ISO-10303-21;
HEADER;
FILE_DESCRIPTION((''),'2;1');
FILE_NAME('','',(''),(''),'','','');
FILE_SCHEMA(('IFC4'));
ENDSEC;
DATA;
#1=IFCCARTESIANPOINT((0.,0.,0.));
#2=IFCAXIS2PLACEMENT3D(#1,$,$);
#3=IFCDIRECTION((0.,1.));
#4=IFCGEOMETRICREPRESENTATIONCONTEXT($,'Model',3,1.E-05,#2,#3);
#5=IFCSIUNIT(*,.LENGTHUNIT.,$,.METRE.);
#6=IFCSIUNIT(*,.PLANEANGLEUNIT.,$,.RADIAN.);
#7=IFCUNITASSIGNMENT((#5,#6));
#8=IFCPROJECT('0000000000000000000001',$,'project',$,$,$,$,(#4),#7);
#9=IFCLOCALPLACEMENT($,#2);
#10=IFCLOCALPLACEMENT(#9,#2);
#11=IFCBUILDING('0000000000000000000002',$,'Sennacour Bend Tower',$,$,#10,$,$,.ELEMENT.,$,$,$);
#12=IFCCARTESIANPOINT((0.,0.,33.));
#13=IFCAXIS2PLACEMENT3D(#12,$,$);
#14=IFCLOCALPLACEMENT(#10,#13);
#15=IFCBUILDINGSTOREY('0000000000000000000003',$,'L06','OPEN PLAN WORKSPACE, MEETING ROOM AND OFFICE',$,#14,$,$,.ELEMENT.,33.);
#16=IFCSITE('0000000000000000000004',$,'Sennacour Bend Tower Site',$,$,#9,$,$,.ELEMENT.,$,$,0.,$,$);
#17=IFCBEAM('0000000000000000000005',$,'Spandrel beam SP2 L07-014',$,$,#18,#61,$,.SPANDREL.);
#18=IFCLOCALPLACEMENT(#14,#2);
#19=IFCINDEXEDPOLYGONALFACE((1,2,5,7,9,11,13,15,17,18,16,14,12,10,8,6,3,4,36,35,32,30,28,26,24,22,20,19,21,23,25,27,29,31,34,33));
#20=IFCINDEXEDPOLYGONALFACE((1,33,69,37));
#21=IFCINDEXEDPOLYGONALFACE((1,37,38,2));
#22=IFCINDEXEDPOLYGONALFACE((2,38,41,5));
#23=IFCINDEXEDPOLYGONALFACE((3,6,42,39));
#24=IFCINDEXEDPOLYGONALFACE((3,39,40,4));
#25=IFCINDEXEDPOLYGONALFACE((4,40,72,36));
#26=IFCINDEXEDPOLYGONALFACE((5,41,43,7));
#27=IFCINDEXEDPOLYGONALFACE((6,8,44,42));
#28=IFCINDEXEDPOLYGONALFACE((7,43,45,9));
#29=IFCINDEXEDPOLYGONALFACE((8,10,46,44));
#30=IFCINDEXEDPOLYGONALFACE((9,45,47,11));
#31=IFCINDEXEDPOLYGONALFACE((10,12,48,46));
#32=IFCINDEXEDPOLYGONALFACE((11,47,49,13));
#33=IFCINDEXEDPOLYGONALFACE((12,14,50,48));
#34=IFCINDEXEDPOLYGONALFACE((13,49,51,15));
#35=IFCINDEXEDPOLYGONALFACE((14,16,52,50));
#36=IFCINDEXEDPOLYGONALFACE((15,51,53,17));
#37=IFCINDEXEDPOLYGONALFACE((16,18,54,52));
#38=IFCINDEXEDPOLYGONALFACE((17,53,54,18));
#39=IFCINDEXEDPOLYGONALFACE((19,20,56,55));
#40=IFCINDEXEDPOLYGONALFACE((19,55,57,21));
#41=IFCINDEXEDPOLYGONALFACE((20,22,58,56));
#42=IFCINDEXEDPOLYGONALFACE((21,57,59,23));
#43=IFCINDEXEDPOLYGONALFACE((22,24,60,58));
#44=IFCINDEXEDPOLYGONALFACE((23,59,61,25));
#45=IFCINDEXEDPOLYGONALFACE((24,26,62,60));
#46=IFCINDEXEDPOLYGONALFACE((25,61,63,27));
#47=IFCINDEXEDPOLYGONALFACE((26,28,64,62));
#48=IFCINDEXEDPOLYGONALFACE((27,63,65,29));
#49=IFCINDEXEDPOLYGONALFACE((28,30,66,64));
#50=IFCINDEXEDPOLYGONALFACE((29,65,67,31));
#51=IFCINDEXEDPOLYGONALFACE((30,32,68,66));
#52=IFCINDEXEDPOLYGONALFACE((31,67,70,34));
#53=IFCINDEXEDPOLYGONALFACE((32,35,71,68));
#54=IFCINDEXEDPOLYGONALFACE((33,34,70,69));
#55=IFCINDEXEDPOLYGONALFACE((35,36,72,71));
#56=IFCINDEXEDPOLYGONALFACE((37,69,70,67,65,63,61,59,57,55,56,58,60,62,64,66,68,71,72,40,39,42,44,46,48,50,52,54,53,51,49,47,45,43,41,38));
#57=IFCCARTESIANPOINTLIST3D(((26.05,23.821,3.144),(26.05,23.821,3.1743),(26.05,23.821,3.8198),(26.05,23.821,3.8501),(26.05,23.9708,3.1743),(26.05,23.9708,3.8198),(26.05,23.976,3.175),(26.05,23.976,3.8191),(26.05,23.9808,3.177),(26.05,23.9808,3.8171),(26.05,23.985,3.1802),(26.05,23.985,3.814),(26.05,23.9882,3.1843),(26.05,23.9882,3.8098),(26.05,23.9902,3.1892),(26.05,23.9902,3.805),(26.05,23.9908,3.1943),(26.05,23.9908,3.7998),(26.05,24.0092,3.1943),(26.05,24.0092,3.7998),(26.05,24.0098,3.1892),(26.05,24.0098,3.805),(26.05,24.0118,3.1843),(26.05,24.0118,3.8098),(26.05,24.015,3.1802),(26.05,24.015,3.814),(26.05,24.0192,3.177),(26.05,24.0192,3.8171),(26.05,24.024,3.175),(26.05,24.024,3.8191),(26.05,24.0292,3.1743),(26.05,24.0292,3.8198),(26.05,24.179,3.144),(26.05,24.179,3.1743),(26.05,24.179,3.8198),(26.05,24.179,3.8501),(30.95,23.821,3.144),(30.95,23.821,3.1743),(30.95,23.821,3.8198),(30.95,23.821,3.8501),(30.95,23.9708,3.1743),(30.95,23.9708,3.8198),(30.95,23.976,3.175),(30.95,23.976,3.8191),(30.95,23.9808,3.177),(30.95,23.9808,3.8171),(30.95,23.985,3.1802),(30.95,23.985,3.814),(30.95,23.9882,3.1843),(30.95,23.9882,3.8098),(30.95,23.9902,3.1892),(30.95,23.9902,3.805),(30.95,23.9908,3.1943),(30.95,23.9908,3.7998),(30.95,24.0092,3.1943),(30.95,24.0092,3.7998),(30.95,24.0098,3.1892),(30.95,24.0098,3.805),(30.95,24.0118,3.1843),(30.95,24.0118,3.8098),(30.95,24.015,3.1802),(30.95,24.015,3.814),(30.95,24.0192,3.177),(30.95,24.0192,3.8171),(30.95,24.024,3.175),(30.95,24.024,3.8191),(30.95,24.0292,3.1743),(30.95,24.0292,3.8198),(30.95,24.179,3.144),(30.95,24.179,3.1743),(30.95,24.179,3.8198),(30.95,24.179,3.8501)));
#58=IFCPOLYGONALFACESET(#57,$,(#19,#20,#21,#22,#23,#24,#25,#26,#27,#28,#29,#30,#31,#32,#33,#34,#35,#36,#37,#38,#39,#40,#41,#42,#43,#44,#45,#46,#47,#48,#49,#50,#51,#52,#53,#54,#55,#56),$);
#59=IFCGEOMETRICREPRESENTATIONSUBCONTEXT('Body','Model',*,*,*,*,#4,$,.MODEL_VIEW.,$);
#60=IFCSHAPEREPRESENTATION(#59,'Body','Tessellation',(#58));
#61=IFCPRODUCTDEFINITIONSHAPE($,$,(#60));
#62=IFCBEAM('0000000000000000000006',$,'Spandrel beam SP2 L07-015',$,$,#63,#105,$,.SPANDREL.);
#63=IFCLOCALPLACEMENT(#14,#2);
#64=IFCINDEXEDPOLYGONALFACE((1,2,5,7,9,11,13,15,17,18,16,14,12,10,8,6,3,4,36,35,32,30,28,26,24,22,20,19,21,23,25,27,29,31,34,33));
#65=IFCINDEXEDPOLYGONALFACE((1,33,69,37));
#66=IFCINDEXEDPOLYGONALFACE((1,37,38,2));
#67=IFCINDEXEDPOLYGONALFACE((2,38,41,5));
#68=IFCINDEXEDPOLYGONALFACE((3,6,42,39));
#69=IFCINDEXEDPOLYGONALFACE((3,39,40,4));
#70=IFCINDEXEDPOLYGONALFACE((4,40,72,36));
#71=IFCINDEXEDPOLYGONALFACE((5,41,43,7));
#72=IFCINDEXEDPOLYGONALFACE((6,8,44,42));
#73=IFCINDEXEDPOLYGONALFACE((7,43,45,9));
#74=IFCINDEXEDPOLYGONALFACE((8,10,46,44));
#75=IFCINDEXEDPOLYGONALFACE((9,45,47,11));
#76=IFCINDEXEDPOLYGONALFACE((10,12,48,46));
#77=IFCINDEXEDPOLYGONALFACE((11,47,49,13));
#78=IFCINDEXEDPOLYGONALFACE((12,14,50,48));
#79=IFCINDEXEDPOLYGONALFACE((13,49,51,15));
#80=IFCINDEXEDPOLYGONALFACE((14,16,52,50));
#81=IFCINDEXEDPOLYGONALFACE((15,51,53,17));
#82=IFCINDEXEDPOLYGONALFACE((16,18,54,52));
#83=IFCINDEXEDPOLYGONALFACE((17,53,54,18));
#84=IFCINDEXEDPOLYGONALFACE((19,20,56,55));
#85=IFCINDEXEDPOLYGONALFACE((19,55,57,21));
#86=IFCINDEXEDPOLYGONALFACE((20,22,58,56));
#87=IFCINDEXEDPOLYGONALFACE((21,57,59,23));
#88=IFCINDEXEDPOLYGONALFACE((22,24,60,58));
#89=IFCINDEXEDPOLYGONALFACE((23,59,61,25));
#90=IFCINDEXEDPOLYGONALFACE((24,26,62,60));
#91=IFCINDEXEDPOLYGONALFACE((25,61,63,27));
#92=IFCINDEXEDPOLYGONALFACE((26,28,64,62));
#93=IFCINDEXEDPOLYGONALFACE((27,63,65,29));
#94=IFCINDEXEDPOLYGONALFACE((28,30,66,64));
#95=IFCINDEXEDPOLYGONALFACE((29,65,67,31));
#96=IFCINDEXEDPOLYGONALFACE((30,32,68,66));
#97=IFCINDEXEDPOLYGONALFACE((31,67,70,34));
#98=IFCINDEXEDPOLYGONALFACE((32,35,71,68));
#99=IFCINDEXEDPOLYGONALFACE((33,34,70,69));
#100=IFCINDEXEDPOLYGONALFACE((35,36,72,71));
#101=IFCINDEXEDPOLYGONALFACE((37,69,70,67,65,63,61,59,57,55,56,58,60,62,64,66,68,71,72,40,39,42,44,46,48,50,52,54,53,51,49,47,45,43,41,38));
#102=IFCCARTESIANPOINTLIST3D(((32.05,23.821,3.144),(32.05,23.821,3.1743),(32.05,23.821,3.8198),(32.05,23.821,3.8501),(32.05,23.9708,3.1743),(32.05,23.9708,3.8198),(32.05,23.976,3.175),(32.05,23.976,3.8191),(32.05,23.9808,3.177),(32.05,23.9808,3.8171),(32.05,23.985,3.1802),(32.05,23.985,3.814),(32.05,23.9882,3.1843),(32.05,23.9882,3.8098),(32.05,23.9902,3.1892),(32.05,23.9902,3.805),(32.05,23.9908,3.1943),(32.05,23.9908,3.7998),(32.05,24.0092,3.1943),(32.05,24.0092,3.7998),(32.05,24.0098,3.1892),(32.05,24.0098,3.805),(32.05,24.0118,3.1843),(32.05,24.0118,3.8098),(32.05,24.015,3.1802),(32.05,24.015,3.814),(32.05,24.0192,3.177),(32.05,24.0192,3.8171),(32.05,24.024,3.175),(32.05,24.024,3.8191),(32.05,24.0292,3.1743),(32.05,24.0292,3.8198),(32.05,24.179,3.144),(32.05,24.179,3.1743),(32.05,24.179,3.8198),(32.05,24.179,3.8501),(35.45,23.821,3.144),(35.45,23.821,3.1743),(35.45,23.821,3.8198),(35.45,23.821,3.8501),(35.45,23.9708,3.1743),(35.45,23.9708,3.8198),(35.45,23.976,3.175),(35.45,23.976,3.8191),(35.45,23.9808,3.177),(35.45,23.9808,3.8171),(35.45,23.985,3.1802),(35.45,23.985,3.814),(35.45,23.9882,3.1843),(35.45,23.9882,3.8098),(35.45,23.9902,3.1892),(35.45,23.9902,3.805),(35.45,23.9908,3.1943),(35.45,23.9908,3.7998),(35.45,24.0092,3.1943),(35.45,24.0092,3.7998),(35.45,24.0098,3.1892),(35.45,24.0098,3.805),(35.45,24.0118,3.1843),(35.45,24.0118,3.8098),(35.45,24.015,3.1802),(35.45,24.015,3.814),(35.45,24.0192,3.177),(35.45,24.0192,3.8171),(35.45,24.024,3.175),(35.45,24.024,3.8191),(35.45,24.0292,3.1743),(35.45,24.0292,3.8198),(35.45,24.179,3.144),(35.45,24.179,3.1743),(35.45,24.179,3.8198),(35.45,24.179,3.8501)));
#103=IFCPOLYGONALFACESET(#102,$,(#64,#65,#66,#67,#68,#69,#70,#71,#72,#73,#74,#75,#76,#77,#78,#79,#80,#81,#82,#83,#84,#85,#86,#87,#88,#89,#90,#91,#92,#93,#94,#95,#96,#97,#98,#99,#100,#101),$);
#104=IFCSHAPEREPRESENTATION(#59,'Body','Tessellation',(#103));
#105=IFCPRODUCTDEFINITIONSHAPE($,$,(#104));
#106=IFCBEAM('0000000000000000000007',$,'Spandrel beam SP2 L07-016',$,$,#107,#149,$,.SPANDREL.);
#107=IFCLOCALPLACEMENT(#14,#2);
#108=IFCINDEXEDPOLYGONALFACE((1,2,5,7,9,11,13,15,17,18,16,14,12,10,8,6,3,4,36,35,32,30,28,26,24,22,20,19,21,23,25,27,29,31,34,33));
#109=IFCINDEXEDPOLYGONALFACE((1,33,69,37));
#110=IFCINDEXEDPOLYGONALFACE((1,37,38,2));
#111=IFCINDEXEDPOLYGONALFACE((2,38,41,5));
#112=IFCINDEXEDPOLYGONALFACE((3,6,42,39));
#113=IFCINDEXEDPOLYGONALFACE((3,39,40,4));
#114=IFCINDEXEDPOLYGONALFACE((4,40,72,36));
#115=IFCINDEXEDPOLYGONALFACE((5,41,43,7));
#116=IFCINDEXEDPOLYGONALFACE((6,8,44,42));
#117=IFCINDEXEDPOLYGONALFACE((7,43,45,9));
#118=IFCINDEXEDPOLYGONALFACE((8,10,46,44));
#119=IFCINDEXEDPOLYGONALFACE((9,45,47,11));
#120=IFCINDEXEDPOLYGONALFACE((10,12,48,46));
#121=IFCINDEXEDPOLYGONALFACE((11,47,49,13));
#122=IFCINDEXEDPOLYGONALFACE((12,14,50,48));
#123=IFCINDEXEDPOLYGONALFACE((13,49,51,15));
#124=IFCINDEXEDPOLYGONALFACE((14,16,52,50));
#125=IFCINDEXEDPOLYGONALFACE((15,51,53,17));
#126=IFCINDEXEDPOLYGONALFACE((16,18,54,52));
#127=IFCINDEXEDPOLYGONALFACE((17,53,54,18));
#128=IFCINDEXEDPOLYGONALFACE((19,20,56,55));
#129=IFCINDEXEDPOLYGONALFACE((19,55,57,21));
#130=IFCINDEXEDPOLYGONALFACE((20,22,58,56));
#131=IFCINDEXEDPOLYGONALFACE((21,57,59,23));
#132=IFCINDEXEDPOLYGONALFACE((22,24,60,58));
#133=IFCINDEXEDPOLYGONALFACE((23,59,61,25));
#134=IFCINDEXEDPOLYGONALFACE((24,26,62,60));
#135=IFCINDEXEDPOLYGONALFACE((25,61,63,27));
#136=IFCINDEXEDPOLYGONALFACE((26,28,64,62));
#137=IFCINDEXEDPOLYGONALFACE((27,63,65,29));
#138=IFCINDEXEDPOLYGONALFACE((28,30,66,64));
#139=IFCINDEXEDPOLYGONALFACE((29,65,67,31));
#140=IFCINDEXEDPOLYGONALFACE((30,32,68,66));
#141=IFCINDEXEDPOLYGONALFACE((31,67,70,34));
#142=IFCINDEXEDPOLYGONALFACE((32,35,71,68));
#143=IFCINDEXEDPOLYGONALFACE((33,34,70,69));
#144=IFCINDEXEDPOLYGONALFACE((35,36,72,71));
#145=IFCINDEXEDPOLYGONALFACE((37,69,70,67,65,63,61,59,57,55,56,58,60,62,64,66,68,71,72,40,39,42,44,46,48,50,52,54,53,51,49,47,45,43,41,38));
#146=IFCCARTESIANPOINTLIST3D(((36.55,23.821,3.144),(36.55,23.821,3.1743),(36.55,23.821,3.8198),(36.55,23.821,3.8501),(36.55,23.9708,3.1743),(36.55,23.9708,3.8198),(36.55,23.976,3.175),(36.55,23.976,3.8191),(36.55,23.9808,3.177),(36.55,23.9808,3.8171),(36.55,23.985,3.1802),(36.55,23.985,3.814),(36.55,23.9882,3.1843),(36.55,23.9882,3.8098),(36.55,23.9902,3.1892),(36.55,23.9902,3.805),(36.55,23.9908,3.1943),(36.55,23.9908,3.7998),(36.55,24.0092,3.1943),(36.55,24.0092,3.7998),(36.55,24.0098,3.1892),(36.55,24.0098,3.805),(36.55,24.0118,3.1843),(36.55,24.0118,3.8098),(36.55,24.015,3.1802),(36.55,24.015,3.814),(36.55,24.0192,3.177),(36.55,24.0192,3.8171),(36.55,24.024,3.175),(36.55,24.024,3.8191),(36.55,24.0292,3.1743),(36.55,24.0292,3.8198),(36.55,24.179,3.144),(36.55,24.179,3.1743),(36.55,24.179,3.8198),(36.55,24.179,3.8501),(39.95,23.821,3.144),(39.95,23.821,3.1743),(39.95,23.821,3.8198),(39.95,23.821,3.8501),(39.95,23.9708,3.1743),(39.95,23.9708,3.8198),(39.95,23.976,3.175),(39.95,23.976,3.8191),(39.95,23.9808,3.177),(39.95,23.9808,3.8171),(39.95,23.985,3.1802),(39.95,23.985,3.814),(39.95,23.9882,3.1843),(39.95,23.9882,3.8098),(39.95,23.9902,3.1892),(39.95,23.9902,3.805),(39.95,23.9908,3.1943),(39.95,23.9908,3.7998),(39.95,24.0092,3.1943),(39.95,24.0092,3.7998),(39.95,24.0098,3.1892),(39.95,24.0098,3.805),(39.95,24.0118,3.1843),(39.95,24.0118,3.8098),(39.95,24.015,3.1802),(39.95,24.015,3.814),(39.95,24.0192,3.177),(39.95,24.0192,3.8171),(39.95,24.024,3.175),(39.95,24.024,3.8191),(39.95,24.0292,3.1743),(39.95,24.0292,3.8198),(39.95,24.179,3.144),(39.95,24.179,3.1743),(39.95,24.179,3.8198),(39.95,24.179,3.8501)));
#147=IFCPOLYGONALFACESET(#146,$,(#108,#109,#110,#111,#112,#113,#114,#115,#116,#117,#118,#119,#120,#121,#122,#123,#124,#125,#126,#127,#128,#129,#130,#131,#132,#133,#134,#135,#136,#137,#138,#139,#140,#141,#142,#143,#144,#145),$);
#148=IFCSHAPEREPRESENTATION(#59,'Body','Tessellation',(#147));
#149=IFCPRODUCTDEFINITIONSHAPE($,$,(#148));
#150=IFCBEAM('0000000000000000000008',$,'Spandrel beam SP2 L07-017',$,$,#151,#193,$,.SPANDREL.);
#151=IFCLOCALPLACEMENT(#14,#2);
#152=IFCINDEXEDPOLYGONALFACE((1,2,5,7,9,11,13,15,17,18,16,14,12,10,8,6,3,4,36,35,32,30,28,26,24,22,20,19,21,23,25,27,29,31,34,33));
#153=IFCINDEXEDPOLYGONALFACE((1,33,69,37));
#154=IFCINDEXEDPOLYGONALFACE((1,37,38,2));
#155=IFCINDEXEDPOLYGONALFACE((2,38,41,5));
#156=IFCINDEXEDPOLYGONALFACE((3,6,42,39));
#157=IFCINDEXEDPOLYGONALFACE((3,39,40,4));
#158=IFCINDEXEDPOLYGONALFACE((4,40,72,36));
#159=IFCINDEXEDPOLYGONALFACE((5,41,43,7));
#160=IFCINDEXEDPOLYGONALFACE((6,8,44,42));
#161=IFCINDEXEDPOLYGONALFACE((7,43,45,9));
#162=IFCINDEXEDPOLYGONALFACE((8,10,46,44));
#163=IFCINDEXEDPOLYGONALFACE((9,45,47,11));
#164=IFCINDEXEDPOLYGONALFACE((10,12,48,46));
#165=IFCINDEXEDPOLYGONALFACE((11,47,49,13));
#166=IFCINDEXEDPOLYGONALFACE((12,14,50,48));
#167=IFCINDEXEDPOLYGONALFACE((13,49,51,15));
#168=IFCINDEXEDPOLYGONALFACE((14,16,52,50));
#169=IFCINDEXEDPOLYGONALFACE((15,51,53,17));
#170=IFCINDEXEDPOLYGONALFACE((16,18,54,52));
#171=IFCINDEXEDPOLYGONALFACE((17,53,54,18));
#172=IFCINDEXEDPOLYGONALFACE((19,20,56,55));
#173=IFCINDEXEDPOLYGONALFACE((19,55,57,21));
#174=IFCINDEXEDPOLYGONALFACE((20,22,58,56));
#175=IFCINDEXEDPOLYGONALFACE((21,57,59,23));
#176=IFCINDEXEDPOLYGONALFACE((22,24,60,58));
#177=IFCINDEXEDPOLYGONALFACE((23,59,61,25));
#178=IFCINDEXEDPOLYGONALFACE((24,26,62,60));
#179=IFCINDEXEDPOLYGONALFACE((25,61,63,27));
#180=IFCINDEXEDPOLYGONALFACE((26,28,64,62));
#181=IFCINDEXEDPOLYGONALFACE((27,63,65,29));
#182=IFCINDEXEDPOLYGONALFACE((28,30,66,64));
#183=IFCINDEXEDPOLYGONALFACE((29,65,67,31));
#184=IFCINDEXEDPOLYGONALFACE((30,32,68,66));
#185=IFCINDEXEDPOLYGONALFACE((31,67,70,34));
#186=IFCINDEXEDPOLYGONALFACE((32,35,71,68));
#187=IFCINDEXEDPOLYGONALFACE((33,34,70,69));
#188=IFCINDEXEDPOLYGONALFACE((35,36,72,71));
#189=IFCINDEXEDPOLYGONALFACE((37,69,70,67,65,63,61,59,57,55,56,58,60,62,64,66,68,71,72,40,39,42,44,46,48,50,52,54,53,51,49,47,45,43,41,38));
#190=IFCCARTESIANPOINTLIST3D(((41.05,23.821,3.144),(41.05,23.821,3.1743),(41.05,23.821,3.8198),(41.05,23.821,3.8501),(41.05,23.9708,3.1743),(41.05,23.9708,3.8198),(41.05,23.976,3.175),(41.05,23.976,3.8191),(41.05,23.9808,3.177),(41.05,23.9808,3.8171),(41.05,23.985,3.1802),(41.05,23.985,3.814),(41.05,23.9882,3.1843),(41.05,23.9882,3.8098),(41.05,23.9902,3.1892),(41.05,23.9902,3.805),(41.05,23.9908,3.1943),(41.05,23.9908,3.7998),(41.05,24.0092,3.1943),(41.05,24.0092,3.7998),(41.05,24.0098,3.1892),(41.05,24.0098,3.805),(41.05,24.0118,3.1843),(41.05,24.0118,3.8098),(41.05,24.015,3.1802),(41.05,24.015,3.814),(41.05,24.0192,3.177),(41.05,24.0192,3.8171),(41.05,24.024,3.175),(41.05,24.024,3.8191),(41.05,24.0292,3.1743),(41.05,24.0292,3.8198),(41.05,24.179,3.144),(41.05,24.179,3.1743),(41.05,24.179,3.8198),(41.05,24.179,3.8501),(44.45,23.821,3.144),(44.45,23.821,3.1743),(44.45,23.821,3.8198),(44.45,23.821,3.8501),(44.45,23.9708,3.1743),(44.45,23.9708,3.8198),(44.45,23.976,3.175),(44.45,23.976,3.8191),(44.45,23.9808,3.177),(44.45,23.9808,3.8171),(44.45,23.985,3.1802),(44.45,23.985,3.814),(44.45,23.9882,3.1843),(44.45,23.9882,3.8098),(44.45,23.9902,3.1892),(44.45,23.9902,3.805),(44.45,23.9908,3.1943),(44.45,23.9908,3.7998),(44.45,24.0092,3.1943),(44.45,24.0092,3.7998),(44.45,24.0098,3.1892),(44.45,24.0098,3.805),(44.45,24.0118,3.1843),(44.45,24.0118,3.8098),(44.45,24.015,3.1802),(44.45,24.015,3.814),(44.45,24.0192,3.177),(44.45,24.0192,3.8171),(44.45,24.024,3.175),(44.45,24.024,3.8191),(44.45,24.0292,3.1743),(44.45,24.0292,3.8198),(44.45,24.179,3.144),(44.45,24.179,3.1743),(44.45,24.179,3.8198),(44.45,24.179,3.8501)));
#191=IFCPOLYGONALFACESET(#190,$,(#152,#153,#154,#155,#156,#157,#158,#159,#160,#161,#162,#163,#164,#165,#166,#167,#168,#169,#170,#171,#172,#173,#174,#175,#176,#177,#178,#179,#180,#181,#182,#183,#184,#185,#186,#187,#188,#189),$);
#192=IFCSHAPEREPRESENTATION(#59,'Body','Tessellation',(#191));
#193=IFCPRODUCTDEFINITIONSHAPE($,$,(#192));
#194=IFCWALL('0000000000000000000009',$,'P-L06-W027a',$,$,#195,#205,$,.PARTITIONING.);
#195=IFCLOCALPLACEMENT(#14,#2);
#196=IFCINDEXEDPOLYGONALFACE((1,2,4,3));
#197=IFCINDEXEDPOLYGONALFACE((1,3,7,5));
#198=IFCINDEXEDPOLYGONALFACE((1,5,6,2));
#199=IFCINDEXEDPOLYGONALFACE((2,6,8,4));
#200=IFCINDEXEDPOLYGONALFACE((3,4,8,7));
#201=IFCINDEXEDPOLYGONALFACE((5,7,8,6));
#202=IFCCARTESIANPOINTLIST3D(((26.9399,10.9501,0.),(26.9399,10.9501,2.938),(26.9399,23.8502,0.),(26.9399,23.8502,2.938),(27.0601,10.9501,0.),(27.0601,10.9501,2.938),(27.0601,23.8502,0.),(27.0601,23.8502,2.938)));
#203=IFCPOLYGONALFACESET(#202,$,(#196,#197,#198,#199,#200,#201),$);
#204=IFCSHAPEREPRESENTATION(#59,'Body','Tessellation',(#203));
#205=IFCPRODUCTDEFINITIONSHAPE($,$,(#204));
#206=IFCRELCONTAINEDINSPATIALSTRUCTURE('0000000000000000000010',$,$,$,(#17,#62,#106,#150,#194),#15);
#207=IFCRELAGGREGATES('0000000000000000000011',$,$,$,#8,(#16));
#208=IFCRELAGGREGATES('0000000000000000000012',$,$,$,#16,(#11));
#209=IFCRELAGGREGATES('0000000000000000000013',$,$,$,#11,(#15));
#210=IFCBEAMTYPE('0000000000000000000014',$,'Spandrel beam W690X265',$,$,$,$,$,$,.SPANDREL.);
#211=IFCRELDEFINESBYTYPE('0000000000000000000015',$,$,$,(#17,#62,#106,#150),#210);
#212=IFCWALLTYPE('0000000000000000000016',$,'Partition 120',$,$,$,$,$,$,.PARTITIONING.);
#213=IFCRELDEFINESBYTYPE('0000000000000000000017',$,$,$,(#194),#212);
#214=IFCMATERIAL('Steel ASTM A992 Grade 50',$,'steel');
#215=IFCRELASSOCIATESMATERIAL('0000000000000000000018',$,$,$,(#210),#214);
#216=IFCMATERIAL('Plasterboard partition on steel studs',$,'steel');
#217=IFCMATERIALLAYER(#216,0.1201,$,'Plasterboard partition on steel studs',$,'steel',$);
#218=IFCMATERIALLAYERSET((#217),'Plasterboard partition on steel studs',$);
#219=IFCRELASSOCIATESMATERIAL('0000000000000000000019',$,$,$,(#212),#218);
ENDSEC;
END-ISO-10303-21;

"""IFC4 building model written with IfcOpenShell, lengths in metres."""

from ifc_helpers import new_model, si_unit, direction, frame, frame_2d, origin, origin_2d, place, context, subcontext, project, spatial, rectangle, i_section, extrude, material, layer, layer_set, material_profile, profile_set, type_object, element, save


model = new_model("IFC4")

# Units and contexts
model_context = context("Model", 3, precision=1e-05, world=origin(), true_north=direction((0.0, 1.0)))
body_context = subcontext(model_context, "Body", "Model", "MODEL_VIEW")
ifc_project = project(units=[si_unit("LENGTHUNIT", "METRE"), si_unit("PLANEANGLEUNIT", "RADIAN")], contexts=[model_context])

# Site, building, storey
site_placement = place(None, origin())
site = spatial("IfcSite", under=ifc_project, at=site_placement, Name="Sennacour Bend Tower Site", CompositionType="ELEMENT", RefElevation=0.0)
building_placement = place(site_placement, origin())
building = spatial("IfcBuilding", under=site, at=building_placement, Name="Sennacour Bend Tower", CompositionType="ELEMENT")
storey_placement = place(building_placement, frame((0.0, 0.0, 33.0)))
storey = spatial("IfcBuildingStorey", under=building, at=storey_placement, Name="L06", Description="OPEN PLAN WORKSPACE, MEETING ROOM AND OFFICE", CompositionType="ELEMENT", Elevation=33.0)

# Beams
ifc_material_1 = material(Name="Steel ASTM A992 Grade 50", Category="steel")
ifc_material_profile_1 = material_profile(ifc_material_1, i_section(OverallWidth=0.3579, OverallDepth=0.7061, WebThickness=0.0183, FlangeThickness=0.0303, FilletRadius=0.02, at=origin_2d()), Name="Steel ASTM A992 Grade 50", Category="steel")
ifc_profile_set_1 = profile_set([ifc_material_profile_1], Name="Steel ASTM A992 Grade 50")
beam_type_1 = type_object("IfcBeamType", Name="Spandrel beam W690X265", PredefinedType="SPANDREL", material=ifc_profile_set_1)
beam_1_placement = place(storey_placement, frame((26.05, 24.0, 3.4971), z_axis=(1.0, 0.0, 0.0), x_axis=(0.0, 1.0, 0.0)))
element("IfcBeam", 1, at=beam_1_placement, inside=storey, type_object=beam_type_1, Name="Spandrel beam SP2 L07-014", PredefinedType="SPANDREL", context=body_context, shape_type="SweptSolid", body=[
    extrude(i_section(OverallWidth=0.3579, OverallDepth=0.7061, WebThickness=0.0183, FlangeThickness=0.0303, FilletRadius=0.02, at=origin_2d()), origin(), (0.0, 0.0, 1.0), 4.8999),
])
for number, where, z_axis, x_axis, name in (
    (2, (32.05, 24.0, 3.4971), (1.0, 0.0, 0.0), (0.0, 1.0, 0.0), "Spandrel beam SP2 L07-015"),
    (3, (36.55, 24.0, 3.4971), (1.0, 0.0, 0.0), (0.0, 1.0, 0.0), "Spandrel beam SP2 L07-016"),
    (4, (41.05, 24.0, 3.4971), (1.0, 0.0, 0.0), (0.0, 1.0, 0.0), "Spandrel beam SP2 L07-017"),
):
    element("IfcBeam", number, at=place(storey_placement, frame(where, z_axis=z_axis, x_axis=x_axis)), inside=storey, type_object=beam_type_1, Name=name, PredefinedType="SPANDREL", context=body_context, shape_type="SweptSolid", body=[
        extrude(i_section(OverallWidth=0.3579, OverallDepth=0.7061, WebThickness=0.0183, FlangeThickness=0.0303, FilletRadius=0.02, at=origin_2d()), origin(), (0.0, 0.0, 1.0), 3.3999),
    ])

# Wall
ifc_material_2 = material(Name="Plasterboard partition on steel studs", Category="steel")
ifc_layer_1 = layer(ifc_material_2, 0.1201, Name="Plasterboard partition on steel studs", Category="steel")
ifc_layer_set_1 = layer_set([ifc_layer_1], Name="Plasterboard partition on steel studs")
wall_type_1 = type_object("IfcWallType", Name="Partition 120", PredefinedType="PARTITIONING", material=ifc_layer_set_1)
for number, where, z_axis, x_axis, name in (
    (5, (27.0, 10.95, 0.0), (0.0, 0.0, 1.0), (0.0, 1.0, 0.0), "P-L06-W027a"),
):
    element("IfcWall", number, at=place(storey_placement, frame(where, z_axis=z_axis, x_axis=x_axis)), inside=storey, type_object=wall_type_1, Name=name, PredefinedType="PARTITIONING", context=body_context, shape_type="SweptSolid", body=[
        extrude(rectangle(XDim=12.9001, YDim=0.1201, at=frame_2d((6.4502, 0.0))), origin(), (0.0, 0.0, 1.0), 2.938),
    ])

save(model, "model.ifc")
